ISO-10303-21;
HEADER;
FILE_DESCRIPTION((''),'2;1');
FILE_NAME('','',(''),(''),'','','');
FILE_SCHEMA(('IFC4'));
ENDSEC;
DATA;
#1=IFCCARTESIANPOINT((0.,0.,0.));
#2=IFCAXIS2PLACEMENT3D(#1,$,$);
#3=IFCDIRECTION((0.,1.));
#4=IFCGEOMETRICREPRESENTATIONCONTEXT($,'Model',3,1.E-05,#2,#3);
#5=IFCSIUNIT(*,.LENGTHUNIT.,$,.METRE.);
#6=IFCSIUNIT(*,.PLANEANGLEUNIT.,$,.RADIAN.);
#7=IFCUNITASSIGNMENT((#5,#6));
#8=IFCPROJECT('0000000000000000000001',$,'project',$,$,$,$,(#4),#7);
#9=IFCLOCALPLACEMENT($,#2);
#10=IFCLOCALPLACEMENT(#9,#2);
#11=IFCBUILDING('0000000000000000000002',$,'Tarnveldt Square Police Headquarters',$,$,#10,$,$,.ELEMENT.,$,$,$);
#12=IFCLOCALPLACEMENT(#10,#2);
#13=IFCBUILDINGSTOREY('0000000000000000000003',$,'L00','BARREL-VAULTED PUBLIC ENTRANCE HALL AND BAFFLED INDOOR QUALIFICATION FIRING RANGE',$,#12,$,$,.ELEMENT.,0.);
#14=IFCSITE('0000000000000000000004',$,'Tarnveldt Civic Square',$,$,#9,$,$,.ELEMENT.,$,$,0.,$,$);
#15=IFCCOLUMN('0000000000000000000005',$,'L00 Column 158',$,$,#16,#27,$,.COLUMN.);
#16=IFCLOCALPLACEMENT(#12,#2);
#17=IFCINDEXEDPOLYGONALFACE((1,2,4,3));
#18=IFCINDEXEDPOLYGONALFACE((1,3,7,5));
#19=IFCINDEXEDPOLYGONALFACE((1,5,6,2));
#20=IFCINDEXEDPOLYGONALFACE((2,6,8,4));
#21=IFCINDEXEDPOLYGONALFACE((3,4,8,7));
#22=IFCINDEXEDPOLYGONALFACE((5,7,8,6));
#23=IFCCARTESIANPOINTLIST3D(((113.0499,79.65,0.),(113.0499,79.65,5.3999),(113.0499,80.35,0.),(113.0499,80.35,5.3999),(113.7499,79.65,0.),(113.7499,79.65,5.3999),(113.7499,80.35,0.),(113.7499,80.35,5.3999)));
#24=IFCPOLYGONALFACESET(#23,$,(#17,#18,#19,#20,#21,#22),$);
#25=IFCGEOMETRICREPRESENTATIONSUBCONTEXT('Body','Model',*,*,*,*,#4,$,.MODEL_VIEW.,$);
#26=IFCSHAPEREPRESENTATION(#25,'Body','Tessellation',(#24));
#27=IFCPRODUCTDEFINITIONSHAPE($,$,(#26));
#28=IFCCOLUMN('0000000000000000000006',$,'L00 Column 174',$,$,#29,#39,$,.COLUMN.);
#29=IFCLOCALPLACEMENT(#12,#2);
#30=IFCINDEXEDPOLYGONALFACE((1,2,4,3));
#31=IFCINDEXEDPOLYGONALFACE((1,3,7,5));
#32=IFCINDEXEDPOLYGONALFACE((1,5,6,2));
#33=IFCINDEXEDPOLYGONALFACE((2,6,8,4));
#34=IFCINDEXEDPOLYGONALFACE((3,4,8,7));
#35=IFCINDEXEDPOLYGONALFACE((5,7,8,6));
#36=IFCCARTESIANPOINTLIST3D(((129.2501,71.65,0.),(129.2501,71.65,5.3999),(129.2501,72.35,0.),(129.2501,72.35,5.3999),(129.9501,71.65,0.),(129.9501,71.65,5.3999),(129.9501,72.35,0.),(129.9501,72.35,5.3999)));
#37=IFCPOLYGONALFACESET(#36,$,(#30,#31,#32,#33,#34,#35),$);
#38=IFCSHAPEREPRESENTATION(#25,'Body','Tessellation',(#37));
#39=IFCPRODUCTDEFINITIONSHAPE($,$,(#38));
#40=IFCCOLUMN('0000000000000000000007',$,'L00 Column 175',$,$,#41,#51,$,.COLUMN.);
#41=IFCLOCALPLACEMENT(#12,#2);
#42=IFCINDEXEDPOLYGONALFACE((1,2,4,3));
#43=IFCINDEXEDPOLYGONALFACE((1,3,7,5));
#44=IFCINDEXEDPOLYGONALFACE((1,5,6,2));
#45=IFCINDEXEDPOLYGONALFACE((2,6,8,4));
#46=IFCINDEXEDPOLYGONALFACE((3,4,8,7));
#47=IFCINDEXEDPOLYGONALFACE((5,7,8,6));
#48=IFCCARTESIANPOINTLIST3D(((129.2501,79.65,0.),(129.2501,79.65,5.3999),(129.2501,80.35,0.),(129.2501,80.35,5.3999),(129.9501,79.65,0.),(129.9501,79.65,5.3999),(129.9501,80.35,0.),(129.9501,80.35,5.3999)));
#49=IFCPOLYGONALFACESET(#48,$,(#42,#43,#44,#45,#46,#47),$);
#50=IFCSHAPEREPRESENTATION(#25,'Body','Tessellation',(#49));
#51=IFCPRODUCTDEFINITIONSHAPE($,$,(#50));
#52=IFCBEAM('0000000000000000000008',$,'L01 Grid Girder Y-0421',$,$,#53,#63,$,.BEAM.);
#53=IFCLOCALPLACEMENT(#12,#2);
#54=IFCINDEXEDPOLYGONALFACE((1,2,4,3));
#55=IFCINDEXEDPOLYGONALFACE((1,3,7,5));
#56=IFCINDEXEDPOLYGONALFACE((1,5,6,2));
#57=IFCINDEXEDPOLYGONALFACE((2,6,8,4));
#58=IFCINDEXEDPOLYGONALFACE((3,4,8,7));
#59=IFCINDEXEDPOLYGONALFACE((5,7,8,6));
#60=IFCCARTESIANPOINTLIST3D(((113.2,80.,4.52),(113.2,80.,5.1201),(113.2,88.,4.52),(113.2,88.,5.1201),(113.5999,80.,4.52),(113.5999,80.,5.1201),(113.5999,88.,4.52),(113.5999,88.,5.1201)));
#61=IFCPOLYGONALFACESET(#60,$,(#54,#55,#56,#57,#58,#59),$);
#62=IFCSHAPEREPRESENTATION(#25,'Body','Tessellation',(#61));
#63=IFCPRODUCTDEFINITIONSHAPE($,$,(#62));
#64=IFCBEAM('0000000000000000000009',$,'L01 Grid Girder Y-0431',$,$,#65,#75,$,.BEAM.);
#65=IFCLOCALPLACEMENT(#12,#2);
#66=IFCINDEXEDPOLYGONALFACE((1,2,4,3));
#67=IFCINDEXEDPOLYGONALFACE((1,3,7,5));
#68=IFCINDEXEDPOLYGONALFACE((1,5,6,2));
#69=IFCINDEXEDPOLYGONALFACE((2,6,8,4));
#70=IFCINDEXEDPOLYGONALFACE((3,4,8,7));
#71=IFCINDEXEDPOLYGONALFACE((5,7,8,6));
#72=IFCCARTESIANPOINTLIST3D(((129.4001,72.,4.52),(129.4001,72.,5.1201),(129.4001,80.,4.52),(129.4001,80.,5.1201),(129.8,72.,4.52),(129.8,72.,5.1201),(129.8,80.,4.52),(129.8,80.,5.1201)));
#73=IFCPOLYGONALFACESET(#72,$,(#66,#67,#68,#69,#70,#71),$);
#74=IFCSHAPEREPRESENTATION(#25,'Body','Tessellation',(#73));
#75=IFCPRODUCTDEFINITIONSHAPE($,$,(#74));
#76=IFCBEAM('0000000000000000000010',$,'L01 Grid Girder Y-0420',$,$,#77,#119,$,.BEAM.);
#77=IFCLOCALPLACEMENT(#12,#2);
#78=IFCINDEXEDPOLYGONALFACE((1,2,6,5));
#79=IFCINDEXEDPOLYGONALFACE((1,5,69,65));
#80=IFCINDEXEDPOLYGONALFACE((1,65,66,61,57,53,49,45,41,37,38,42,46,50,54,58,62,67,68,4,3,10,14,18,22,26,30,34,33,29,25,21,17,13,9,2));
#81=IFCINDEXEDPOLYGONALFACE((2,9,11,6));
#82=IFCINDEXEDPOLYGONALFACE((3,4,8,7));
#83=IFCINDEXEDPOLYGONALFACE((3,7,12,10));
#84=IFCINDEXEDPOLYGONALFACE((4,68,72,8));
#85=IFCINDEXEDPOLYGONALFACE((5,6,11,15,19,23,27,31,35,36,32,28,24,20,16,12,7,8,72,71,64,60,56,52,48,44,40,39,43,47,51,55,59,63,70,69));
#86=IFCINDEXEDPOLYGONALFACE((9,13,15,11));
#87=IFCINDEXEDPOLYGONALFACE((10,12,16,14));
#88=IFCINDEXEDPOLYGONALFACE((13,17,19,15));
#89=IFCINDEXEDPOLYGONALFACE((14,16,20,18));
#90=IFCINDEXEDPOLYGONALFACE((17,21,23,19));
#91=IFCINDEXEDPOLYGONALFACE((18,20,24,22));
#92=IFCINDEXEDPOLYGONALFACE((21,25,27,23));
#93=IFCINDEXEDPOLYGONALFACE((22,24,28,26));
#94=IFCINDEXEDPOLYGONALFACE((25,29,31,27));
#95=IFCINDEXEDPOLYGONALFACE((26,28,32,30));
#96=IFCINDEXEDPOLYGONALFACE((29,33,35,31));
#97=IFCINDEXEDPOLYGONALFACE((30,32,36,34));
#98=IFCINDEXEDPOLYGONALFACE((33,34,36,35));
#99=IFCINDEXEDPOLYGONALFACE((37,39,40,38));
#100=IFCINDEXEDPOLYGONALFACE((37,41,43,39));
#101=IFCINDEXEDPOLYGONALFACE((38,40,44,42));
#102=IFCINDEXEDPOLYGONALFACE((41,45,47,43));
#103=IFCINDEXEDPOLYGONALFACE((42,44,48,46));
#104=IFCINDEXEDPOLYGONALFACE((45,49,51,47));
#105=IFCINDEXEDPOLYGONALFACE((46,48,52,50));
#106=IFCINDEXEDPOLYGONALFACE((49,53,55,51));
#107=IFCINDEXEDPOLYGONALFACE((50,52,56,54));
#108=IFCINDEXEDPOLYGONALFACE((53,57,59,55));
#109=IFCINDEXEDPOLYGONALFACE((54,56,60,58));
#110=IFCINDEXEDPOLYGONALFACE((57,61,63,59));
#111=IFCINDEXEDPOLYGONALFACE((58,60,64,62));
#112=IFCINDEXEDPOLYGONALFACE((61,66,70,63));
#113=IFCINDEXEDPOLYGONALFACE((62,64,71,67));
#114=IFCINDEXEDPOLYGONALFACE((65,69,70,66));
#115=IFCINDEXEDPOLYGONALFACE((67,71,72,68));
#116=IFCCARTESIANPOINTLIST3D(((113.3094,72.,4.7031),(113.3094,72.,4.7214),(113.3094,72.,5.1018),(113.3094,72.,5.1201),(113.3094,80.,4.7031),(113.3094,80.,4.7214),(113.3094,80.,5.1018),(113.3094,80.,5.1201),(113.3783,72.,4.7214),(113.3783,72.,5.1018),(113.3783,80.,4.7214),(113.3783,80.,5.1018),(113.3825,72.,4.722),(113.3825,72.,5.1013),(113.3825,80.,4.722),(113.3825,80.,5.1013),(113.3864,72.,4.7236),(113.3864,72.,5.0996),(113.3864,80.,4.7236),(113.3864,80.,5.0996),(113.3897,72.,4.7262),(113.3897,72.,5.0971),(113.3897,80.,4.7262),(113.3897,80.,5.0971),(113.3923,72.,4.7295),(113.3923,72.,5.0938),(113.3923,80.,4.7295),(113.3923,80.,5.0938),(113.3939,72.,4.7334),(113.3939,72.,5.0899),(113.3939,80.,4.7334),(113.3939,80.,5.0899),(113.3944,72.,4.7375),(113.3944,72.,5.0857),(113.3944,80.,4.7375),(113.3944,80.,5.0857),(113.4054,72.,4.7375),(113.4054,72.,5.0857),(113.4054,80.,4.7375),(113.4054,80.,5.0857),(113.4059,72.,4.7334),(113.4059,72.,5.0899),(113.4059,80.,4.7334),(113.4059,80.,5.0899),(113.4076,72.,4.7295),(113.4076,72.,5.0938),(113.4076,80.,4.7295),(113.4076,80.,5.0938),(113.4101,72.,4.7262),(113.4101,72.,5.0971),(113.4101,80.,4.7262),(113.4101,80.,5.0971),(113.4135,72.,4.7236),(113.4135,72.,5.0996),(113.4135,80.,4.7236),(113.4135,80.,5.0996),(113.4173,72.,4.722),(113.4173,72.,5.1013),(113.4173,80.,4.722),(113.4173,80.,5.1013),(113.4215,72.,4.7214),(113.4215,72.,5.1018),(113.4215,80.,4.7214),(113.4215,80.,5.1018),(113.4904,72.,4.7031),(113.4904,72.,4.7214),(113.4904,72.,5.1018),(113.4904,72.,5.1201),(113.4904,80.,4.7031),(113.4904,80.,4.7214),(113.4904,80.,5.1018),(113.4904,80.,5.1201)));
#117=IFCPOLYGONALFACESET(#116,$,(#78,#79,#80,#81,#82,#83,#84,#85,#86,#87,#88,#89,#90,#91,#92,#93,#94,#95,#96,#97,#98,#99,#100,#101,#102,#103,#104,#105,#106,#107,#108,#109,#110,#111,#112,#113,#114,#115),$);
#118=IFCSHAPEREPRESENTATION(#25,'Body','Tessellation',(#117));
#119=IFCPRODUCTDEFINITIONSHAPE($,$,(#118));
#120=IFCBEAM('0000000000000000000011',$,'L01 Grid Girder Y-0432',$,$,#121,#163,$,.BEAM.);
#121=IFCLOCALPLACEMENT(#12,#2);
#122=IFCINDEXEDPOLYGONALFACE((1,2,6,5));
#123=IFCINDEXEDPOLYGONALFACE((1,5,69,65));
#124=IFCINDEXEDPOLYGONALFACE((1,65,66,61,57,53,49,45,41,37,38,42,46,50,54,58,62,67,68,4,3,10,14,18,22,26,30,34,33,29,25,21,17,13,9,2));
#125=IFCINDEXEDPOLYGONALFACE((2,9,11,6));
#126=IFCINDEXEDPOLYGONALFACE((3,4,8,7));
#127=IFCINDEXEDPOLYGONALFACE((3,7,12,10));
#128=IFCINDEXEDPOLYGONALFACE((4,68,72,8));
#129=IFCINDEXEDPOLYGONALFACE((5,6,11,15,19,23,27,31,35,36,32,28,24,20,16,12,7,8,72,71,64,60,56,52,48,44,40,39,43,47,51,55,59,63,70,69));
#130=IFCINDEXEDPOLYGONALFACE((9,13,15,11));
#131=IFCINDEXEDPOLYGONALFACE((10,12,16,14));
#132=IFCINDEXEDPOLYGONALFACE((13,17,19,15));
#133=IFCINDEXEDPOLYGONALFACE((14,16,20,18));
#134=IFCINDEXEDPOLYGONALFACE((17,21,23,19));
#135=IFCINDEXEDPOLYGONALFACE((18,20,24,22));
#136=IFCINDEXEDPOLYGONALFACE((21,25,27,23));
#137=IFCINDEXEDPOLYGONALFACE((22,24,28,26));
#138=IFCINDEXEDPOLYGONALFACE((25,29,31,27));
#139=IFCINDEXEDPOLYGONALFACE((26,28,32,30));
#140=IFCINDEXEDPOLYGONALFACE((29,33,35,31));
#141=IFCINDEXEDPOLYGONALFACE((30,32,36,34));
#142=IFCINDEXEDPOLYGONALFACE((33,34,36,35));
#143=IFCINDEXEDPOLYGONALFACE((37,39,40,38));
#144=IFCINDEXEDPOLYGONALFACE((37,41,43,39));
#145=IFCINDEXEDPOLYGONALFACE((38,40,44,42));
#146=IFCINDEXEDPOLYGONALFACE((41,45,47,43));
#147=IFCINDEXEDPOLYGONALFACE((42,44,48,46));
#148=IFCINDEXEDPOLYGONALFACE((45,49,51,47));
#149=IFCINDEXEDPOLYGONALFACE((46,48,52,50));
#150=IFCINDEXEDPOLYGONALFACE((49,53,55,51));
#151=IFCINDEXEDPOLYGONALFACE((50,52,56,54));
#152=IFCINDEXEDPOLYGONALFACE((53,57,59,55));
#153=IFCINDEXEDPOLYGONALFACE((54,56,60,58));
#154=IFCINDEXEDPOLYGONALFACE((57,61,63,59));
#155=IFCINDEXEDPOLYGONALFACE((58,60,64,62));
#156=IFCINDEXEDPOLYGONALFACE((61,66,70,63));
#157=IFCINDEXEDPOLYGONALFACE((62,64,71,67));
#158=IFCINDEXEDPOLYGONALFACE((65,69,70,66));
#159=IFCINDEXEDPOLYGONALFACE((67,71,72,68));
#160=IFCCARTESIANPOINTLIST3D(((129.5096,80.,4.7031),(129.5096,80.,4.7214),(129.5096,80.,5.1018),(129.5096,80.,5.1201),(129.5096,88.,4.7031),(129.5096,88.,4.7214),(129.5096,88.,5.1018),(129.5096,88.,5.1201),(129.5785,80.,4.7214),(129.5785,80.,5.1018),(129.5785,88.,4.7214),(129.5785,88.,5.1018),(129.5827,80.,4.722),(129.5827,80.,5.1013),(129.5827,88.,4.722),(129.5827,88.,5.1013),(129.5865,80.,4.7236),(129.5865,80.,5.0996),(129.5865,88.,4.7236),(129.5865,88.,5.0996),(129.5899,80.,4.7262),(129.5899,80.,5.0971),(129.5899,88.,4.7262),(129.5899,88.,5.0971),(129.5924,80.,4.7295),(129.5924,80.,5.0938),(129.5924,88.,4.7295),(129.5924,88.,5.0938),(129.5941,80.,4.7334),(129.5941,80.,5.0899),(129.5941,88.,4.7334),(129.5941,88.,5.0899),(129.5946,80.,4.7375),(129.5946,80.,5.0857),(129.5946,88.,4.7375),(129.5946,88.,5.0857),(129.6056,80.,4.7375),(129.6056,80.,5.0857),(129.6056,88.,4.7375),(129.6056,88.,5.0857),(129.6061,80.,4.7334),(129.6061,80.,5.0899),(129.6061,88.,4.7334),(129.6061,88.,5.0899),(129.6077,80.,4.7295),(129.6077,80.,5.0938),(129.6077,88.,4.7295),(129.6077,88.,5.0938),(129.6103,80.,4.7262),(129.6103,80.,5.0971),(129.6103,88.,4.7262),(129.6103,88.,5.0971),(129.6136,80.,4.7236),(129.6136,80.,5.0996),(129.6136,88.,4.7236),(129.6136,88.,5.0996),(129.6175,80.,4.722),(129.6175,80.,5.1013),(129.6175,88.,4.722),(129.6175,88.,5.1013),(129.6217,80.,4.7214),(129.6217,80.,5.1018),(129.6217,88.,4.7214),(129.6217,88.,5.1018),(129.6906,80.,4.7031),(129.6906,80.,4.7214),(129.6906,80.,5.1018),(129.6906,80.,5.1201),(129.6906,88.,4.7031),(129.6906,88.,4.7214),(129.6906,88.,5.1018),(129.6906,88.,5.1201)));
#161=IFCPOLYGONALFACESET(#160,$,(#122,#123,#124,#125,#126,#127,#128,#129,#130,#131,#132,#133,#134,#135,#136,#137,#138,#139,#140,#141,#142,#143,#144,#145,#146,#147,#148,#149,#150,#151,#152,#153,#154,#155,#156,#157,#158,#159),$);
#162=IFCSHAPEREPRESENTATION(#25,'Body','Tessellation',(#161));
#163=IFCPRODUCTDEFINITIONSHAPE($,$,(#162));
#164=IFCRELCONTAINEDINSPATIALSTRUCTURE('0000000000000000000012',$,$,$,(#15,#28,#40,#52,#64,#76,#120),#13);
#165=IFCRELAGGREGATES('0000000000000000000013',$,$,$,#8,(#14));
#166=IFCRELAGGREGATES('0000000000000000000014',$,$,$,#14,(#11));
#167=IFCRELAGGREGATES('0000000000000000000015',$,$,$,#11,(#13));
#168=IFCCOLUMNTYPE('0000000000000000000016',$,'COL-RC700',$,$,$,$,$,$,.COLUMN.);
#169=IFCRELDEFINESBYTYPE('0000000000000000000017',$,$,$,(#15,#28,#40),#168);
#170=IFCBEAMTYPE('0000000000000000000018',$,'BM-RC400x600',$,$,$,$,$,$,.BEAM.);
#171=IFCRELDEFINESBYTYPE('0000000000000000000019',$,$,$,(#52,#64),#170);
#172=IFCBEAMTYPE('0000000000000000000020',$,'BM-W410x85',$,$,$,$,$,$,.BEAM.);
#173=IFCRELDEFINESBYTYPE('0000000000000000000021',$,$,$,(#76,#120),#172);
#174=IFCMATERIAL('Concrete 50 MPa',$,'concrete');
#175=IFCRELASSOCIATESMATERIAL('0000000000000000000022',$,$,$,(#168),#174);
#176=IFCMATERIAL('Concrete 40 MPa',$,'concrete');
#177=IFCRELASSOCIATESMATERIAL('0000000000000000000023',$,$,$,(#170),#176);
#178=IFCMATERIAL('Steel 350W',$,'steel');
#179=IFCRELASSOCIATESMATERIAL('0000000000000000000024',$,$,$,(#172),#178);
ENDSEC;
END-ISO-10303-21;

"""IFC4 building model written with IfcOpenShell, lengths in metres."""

from ifc_helpers import new_model, si_unit, direction, frame, origin, origin_2d, place, context, subcontext, project, spatial, rectangle, i_section, extrude, material, material_profile, profile_set, type_object, element, save


model = new_model("IFC4")

# Units and contexts
model_context = context("Model", 3, precision=1e-05, world=origin(), true_north=direction((0.0, 1.0)))
body_context = subcontext(model_context, "Body", "Model", "MODEL_VIEW")
ifc_project = project(units=[si_unit("LENGTHUNIT", "METRE"), si_unit("PLANEANGLEUNIT", "RADIAN")], contexts=[model_context])

# Site, building, storey
site_placement = place(None, origin())
site = spatial("IfcSite", under=ifc_project, at=site_placement, Name="Tarnveldt Civic Square", CompositionType="ELEMENT", RefElevation=0.0)
building_placement = place(site_placement, origin())
building = spatial("IfcBuilding", under=site, at=building_placement, Name="Tarnveldt Square Police Headquarters", CompositionType="ELEMENT")
storey_placement = place(building_placement, origin())
storey = spatial("IfcBuildingStorey", under=building, at=storey_placement, Name="L00", Description="BARREL-VAULTED PUBLIC ENTRANCE HALL AND BAFFLED INDOOR QUALIFICATION FIRING RANGE", CompositionType="ELEMENT", Elevation=0.0)

# Columns
ifc_material_1 = material(Name="Concrete 50 MPa", Category="concrete")
ifc_material_profile_1 = material_profile(ifc_material_1, rectangle(XDim=0.7, YDim=0.7, at=origin_2d()), Name="RC-C700x700")
ifc_profile_set_1 = profile_set([ifc_material_profile_1], Name="Concrete 50 MPa")
column_type = type_object("IfcColumnType", Name="COL-RC700", PredefinedType="COLUMN", material=ifc_profile_set_1)
for number, where, z_axis, x_axis, name in (
    (1, (113.3999, 80.0, 0.0), (0.0, 0.0, 1.0), (1.0, 0.0, 0.0), "L00 Column 158"),
    (2, (129.6001, 72.0, 0.0), (0.0, 0.0, 1.0), (1.0, 0.0, 0.0), "L00 Column 174"),
    (3, (129.6001, 80.0, 0.0), (0.0, 0.0, 1.0), (1.0, 0.0, 0.0), "L00 Column 175"),
):
    element("IfcColumn", number, at=place(storey_placement, frame(where, z_axis=z_axis, x_axis=x_axis)), inside=storey, type_object=column_type, Name=name, PredefinedType="COLUMN", context=body_context, shape_type="SweptSolid", body=[
        extrude(rectangle(XDim=0.7, YDim=0.7, at=origin_2d()), origin(), (0.0, 0.0, 1.0), 5.3999),
    ])

# Beams
ifc_material_2 = material(Name="Concrete 40 MPa", Category="concrete")
ifc_material_profile_2 = material_profile(ifc_material_2, rectangle(XDim=0.3999, YDim=0.6001, at=origin_2d()), Name="RC-B400x600")
ifc_profile_set_2 = profile_set([ifc_material_profile_2], Name="Concrete 40 MPa")
beam_type_1 = type_object("IfcBeamType", Name="BM-RC400x600", PredefinedType="BEAM", material=ifc_profile_set_2)
for number, where, z_axis, x_axis, name in (
    (4, (113.3999, 80.0, 4.8201), (0.0, 1.0, 0.0), (-1.0, 0.0, 0.0), "L01 Grid Girder Y-0421"),
    (5, (129.6001, 72.0, 4.8201), (0.0, 1.0, 0.0), (-1.0, 0.0, 0.0), "L01 Grid Girder Y-0431"),
):
    element("IfcBeam", number, at=place(storey_placement, frame(where, z_axis=z_axis, x_axis=x_axis)), inside=storey, type_object=beam_type_1, Name=name, PredefinedType="BEAM", context=body_context, shape_type="SweptSolid", body=[
        extrude(rectangle(XDim=0.3999, YDim=0.6001, at=origin_2d()), origin(), (0.0, 0.0, 1.0), 8.0),
    ])
ifc_material_3 = material(Name="Steel 350W", Category="steel")
ifc_material_profile_3 = material_profile(ifc_material_3, i_section(OverallWidth=0.1809, OverallDepth=0.417, WebThickness=0.011, FlangeThickness=0.0183, FilletRadius=0.0161, at=origin_2d()), Name="W410x85")
ifc_profile_set_3 = profile_set([ifc_material_profile_3], Name="Steel 350W")
beam_type_2 = type_object("IfcBeamType", Name="BM-W410x85", PredefinedType="BEAM", material=ifc_profile_set_3)
for number, where, z_axis, x_axis, name in (
    (6, (113.3999, 72.0, 4.9116), (0.0, 1.0, 0.0), (-1.0, 0.0, 0.0), "L01 Grid Girder Y-0420"),
    (7, (129.6001, 80.0, 4.9116), (0.0, 1.0, 0.0), (-1.0, 0.0, 0.0), "L01 Grid Girder Y-0432"),
):
    element("IfcBeam", number, at=place(storey_placement, frame(where, z_axis=z_axis, x_axis=x_axis)), inside=storey, type_object=beam_type_2, Name=name, PredefinedType="BEAM", context=body_context, shape_type="SweptSolid", body=[
        extrude(i_section(OverallWidth=0.1809, OverallDepth=0.417, WebThickness=0.011, FlangeThickness=0.0183, FilletRadius=0.0161, at=origin_2d()), origin(), (0.0, 0.0, 1.0), 8.0),
    ])

save(model, "model.ifc")
